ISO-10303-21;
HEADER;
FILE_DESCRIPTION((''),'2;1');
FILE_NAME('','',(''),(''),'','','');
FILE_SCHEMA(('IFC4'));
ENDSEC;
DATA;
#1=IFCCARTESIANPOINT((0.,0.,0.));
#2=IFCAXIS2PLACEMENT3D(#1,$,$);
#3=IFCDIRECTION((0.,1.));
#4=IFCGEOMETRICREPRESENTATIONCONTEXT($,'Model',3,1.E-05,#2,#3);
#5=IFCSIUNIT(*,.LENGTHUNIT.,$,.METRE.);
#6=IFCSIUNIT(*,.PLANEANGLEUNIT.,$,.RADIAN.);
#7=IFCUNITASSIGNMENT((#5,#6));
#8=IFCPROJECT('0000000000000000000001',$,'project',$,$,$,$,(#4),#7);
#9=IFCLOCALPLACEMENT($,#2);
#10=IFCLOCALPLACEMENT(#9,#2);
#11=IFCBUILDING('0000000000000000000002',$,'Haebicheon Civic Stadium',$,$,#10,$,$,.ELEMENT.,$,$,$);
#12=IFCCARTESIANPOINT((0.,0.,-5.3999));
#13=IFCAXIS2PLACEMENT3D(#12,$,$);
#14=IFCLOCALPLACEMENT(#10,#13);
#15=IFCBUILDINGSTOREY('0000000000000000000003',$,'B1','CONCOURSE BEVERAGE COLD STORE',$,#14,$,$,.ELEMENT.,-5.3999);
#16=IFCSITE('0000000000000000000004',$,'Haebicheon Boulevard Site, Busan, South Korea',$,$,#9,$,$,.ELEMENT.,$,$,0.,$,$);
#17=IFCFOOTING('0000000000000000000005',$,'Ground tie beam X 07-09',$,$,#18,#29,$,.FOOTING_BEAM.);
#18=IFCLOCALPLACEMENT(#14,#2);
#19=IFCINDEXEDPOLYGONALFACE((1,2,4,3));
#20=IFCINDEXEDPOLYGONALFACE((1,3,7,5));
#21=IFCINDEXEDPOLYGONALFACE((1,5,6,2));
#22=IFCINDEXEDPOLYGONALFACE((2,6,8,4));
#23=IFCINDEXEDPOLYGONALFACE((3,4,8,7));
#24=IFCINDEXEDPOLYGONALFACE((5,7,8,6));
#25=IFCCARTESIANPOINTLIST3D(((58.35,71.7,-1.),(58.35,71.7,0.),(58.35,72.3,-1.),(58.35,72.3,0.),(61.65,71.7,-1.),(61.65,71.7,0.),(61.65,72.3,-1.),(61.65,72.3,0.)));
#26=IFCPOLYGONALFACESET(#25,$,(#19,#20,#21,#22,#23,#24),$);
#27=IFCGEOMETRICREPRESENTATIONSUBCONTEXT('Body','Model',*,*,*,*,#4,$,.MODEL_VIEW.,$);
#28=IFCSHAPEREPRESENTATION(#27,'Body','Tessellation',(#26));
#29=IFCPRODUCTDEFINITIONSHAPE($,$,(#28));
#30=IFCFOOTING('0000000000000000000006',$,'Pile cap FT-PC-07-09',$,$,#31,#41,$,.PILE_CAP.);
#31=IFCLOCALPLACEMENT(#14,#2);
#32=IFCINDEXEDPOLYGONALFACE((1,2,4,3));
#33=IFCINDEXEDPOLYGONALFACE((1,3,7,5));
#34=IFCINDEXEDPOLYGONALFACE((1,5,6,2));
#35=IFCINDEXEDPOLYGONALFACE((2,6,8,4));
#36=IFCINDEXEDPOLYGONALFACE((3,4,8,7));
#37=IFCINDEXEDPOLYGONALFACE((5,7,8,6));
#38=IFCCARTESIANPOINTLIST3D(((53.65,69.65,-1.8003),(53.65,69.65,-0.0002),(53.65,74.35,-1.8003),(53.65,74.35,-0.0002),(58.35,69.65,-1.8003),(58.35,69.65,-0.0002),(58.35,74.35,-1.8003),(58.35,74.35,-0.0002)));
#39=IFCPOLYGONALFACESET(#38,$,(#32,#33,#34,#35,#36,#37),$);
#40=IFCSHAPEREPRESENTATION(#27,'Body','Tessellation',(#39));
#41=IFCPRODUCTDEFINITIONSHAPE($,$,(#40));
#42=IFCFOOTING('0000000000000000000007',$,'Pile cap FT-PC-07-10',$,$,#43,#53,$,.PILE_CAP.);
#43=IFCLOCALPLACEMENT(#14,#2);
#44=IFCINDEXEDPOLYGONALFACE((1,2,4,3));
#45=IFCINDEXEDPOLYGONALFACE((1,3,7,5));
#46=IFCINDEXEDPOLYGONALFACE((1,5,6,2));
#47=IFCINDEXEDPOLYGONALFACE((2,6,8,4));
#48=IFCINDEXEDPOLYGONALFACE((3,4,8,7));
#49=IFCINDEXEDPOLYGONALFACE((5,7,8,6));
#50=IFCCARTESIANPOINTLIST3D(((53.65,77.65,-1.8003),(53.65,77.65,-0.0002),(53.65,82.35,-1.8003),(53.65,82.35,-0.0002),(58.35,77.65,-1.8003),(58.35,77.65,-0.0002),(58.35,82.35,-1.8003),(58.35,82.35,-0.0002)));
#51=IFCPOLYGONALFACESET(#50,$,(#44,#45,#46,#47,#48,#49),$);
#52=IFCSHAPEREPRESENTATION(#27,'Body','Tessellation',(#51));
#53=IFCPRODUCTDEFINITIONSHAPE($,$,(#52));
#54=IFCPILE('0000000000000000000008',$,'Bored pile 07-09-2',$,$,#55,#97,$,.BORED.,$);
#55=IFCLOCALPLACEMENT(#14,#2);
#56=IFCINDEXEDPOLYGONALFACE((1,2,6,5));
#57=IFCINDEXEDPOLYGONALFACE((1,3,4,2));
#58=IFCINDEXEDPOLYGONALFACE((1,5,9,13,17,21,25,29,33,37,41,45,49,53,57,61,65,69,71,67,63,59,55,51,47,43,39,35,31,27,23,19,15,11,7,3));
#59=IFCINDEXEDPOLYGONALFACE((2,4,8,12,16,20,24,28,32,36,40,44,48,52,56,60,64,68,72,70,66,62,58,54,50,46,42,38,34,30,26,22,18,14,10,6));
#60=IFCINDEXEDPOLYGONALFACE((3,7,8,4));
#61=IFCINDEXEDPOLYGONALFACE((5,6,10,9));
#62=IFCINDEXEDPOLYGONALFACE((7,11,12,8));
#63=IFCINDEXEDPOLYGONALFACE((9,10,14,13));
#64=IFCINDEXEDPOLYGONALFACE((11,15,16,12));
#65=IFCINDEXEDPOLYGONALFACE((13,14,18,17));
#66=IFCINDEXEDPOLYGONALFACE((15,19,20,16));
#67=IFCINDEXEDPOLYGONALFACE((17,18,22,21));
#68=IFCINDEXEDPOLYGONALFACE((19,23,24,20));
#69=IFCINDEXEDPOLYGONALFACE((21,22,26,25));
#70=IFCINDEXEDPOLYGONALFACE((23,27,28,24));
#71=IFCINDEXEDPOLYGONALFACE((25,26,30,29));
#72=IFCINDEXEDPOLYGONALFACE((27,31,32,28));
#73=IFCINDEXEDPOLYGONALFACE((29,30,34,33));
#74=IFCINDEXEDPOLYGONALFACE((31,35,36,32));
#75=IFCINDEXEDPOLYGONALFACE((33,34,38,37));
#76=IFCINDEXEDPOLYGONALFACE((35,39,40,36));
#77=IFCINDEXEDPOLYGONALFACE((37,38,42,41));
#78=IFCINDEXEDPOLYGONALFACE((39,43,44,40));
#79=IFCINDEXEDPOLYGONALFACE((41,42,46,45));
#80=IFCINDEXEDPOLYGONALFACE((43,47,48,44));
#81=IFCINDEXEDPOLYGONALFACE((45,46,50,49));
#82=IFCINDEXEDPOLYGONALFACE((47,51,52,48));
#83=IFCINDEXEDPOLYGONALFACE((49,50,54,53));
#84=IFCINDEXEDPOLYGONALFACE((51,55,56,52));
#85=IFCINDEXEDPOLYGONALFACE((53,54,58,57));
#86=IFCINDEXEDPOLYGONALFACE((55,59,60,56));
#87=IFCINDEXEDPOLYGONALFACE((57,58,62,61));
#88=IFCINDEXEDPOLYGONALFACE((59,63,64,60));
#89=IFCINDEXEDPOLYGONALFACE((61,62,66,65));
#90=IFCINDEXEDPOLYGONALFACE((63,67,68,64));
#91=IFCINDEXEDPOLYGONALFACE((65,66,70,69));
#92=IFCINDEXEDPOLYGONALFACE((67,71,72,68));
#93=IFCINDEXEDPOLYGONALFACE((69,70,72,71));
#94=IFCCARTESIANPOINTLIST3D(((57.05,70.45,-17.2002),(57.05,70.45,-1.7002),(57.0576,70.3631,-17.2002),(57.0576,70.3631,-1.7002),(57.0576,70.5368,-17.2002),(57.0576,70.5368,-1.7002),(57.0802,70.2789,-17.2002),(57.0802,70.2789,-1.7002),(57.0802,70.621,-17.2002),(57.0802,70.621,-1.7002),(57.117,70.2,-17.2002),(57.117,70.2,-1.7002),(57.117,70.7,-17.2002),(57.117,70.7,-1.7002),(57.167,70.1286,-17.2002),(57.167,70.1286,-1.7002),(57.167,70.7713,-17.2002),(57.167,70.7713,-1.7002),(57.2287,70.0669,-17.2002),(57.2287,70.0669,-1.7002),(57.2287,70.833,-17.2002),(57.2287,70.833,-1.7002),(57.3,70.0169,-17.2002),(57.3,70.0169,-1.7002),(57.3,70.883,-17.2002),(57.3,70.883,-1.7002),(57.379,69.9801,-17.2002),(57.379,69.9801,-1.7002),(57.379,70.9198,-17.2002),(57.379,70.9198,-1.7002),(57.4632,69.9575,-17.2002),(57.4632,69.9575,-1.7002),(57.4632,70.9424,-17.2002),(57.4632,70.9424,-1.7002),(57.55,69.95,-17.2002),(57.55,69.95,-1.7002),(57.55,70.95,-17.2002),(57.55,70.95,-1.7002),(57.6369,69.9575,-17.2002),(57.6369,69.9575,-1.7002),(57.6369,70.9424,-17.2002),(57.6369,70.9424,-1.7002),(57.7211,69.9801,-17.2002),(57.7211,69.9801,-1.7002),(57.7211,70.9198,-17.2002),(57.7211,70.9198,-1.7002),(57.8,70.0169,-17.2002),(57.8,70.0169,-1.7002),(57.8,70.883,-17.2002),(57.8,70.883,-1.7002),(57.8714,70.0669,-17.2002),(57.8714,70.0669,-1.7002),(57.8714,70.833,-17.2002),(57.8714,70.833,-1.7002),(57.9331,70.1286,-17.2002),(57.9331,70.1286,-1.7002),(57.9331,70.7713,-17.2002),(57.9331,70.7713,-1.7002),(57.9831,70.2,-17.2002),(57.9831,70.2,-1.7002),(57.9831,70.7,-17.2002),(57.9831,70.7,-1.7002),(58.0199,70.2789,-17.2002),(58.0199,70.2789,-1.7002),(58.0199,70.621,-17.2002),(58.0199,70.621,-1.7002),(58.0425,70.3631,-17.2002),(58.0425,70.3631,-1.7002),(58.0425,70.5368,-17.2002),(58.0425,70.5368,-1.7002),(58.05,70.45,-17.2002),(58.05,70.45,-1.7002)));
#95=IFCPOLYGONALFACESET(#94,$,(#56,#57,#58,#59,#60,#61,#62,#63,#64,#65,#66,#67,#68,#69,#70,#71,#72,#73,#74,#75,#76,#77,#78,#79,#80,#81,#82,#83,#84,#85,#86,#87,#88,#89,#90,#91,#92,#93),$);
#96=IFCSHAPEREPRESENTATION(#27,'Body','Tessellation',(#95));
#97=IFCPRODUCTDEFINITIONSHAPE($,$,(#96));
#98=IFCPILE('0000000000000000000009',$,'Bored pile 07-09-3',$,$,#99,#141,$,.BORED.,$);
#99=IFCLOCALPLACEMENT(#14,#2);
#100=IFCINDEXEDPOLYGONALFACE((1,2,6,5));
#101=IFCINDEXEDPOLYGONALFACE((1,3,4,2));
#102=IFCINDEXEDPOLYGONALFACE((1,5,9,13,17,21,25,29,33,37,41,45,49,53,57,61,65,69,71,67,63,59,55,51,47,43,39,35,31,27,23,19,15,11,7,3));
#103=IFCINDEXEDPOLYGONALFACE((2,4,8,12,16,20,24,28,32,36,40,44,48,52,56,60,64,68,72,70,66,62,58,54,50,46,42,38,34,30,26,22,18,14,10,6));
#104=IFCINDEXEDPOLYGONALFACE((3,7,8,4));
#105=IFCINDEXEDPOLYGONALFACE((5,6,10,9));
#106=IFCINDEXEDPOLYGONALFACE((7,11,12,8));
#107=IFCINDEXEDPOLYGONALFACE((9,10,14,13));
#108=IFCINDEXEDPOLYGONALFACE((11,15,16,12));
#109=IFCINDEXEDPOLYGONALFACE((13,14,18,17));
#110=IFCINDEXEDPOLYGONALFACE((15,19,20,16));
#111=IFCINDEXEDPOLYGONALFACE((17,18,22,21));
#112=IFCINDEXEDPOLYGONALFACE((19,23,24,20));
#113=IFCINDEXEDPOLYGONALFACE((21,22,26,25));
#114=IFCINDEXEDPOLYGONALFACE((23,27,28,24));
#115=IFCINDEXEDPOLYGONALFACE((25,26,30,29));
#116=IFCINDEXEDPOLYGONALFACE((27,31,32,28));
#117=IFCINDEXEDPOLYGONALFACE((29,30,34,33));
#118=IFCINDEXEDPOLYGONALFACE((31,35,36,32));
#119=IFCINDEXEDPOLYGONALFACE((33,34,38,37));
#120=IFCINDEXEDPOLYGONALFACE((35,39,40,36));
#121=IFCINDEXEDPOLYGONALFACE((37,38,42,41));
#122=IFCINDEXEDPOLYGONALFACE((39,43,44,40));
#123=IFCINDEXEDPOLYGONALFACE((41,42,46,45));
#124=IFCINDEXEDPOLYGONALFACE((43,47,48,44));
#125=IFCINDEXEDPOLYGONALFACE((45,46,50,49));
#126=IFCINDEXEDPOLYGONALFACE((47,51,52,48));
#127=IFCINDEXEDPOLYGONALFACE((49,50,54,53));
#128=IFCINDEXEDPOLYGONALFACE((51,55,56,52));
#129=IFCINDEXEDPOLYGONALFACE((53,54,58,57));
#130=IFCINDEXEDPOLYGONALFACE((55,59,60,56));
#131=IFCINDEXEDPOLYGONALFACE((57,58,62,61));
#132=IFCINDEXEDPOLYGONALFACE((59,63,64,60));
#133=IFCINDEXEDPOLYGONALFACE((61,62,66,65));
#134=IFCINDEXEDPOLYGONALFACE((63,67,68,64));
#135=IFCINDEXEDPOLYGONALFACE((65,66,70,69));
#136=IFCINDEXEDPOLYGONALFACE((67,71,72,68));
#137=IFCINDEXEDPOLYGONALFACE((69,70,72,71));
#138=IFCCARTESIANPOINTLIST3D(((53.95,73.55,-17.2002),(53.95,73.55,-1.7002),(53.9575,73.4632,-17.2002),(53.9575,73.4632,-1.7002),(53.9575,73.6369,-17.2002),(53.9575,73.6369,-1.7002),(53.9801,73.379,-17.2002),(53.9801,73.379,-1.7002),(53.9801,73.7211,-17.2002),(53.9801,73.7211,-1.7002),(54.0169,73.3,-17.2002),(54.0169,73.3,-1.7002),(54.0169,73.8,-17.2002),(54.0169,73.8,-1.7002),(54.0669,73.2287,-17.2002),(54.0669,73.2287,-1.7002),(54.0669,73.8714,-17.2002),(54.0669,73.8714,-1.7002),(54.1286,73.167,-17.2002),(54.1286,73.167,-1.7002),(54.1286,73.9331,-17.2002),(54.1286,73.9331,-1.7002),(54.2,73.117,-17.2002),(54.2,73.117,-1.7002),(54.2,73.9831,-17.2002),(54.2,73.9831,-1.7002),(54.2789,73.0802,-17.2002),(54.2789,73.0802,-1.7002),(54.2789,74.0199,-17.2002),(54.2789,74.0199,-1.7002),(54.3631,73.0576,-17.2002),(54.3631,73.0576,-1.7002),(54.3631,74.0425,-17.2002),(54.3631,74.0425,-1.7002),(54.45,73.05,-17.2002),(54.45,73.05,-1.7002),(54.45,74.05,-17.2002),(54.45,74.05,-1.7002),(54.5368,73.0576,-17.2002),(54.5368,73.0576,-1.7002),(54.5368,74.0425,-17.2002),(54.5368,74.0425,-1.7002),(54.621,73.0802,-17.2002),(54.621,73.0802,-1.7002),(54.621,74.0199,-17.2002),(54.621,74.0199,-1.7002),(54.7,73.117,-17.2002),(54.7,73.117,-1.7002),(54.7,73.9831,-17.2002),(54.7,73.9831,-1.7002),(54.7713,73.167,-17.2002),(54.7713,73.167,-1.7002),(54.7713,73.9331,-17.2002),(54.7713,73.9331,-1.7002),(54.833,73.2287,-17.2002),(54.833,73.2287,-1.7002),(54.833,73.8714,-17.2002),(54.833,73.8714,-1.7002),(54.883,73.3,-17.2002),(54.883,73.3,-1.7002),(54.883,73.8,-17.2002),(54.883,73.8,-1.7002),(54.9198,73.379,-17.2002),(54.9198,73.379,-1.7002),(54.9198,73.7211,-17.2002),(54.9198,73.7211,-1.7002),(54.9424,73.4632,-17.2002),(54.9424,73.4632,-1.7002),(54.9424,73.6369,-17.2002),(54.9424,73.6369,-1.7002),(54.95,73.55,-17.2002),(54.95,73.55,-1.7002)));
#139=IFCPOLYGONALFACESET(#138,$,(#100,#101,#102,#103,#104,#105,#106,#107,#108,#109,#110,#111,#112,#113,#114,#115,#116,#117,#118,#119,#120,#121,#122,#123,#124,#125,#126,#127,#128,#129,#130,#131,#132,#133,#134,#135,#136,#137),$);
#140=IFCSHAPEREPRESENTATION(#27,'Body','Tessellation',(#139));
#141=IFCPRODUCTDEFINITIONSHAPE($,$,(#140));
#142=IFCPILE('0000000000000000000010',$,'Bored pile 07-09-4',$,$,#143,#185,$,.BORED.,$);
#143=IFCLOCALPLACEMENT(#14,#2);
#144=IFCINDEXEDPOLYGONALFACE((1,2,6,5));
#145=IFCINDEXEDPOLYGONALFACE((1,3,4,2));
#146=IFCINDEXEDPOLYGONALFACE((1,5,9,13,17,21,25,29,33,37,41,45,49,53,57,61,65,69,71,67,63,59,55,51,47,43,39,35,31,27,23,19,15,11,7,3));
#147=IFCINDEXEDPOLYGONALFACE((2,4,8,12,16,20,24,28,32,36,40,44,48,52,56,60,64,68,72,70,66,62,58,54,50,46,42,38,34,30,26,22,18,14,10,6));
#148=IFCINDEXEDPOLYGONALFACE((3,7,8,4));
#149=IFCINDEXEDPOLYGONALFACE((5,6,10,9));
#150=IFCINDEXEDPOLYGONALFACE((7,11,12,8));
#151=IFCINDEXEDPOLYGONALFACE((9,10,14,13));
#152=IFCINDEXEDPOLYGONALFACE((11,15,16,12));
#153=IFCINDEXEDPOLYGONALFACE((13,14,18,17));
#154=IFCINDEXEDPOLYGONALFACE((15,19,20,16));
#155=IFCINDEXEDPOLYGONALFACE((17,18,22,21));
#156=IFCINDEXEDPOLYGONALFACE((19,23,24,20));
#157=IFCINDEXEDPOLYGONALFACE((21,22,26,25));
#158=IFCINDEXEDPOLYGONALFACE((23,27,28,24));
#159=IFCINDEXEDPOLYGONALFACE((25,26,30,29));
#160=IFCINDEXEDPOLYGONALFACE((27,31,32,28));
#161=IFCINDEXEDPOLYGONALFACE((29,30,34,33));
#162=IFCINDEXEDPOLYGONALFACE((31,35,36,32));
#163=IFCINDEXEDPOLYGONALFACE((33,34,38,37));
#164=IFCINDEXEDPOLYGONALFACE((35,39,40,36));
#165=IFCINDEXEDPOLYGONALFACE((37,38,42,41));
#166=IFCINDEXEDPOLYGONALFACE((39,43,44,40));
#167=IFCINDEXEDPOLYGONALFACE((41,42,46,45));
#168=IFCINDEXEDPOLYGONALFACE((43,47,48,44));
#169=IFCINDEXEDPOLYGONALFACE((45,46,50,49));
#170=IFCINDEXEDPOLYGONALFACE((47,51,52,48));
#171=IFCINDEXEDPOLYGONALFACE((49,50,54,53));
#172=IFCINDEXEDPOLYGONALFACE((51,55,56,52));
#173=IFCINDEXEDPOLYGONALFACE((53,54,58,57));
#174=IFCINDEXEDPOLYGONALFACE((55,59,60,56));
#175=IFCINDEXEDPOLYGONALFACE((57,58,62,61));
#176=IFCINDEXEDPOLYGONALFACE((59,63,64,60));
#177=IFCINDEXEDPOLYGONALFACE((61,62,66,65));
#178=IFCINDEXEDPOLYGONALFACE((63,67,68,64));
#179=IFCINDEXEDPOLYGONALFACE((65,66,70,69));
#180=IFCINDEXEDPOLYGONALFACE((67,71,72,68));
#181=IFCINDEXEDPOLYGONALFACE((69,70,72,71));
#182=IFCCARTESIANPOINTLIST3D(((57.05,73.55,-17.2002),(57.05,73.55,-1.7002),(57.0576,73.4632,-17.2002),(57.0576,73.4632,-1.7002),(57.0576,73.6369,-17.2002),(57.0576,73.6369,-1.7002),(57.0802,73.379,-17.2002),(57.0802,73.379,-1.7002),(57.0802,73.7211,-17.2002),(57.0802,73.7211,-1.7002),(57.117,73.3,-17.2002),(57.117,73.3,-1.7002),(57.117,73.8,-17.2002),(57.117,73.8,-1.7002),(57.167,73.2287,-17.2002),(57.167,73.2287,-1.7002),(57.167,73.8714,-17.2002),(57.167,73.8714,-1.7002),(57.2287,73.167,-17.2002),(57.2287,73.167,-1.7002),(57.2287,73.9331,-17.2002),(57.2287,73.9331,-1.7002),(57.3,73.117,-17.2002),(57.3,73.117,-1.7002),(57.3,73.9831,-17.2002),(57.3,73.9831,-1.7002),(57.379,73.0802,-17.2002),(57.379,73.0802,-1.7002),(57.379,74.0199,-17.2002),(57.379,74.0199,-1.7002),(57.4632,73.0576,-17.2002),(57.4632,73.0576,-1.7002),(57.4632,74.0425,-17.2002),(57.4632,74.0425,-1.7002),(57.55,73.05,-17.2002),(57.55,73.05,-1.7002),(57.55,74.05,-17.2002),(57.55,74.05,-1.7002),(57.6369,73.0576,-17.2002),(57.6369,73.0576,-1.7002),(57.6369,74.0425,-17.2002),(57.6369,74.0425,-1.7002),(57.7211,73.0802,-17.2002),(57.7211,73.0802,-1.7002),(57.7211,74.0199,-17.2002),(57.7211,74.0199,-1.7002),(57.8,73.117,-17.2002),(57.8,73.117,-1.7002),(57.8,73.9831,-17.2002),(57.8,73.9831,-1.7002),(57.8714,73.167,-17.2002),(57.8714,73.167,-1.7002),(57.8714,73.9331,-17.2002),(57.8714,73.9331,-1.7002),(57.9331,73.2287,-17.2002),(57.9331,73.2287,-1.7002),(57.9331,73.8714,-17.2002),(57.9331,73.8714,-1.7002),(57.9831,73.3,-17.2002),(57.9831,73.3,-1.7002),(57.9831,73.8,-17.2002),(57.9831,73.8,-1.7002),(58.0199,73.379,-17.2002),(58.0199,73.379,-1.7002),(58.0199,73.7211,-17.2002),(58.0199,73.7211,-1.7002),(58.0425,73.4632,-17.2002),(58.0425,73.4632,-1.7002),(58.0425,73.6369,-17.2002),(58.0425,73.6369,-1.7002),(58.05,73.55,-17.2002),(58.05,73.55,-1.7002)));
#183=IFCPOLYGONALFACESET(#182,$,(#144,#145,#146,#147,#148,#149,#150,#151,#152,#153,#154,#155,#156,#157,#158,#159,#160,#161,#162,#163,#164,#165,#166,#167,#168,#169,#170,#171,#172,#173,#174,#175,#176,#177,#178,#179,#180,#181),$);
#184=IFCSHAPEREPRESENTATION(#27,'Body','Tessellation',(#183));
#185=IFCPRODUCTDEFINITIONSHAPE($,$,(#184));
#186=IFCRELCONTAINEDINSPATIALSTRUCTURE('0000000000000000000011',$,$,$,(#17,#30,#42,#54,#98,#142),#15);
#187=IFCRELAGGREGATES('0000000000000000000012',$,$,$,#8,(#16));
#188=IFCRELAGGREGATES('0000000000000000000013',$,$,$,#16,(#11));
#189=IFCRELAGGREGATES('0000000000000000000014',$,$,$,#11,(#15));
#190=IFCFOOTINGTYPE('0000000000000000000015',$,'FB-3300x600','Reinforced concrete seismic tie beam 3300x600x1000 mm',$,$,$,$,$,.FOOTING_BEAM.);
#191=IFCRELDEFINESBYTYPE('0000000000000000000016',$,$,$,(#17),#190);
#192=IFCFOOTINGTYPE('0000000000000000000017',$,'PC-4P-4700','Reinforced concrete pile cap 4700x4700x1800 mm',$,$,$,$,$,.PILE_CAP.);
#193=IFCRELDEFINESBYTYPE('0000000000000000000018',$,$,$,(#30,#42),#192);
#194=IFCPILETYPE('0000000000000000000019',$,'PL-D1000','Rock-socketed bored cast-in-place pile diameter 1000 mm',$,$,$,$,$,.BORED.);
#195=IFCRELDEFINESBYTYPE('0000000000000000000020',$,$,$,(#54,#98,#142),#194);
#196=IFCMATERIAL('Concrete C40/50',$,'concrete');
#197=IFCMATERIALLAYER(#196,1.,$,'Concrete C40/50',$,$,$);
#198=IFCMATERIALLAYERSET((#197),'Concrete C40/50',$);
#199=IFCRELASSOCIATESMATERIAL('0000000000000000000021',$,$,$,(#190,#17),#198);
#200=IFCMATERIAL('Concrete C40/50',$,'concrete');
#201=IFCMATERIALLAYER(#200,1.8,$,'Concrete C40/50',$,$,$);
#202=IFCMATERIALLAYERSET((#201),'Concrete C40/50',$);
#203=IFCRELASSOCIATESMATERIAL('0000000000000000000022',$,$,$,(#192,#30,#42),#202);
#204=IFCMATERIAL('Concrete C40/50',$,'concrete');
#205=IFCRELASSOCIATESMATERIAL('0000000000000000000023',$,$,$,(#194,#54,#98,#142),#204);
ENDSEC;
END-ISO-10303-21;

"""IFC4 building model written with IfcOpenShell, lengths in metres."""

from ifc_helpers import new_model, si_unit, direction, frame, origin, origin_2d, place, context, subcontext, project, spatial, rectangle, circle, extrude, material, layer, layer_set, material_profile, profile_set, type_object, element, save


model = new_model("IFC4")

# Units and contexts
model_context = context("Model", 3, precision=1e-05, world=origin(), true_north=direction((0.0, 1.0)))
body_context = subcontext(model_context, "Body", "Model", "MODEL_VIEW")
ifc_project = project(units=[si_unit("LENGTHUNIT", "METRE"), si_unit("PLANEANGLEUNIT", "RADIAN")], contexts=[model_context])

# Site, building, storey
site_placement = place(None, origin())
site = spatial("IfcSite", under=ifc_project, at=site_placement, Name="Haebicheon Boulevard Site, Busan, South Korea", CompositionType="ELEMENT", RefElevation=0.0)
building_placement = place(site_placement, origin())
building = spatial("IfcBuilding", under=site, at=building_placement, Name="Haebicheon Civic Stadium", CompositionType="ELEMENT")
storey_placement = place(building_placement, frame((0.0, 0.0, -5.3999)))
storey = spatial("IfcBuildingStorey", under=building, at=storey_placement, Name="B1", Description="CONCOURSE BEVERAGE COLD STORE", CompositionType="ELEMENT", Elevation=-5.3999)

# Footings
ifc_material_1 = material(Name="Concrete C40/50", Category="concrete")
ifc_layer_1 = layer(ifc_material_1, 1.0, Name="Concrete C40/50")
ifc_layer_set_1 = layer_set([ifc_layer_1], Name="Concrete C40/50")
footing_type_1 = type_object("IfcFootingType", Name="FB-3300x600", Description="Reinforced concrete seismic tie beam 3300x600x1000 mm", PredefinedType="FOOTING_BEAM", material=ifc_layer_set_1)
footing_placement = place(storey_placement, frame((60.0, 72.0, -1.0), z_axis=(0.0, 0.0, 1.0), x_axis=(1.0, 0.0, 0.0)))
element("IfcFooting", 1, at=footing_placement, inside=storey, type_object=footing_type_1, material=ifc_layer_set_1, Name="Ground tie beam X 07-09", PredefinedType="FOOTING_BEAM", context=body_context, shape_type="SweptSolid", body=[
    extrude(rectangle(XDim=3.3, YDim=0.6001, at=origin_2d()), origin(), (0.0, 0.0, 1.0), 1.0),
])
ifc_material_2 = material(Name="Concrete C40/50", Category="concrete")
ifc_layer_2 = layer(ifc_material_2, 1.8, Name="Concrete C40/50")
ifc_layer_set_2 = layer_set([ifc_layer_2], Name="Concrete C40/50")
footing_type_2 = type_object("IfcFootingType", Name="PC-4P-4700", Description="Reinforced concrete pile cap 4700x4700x1800 mm", PredefinedType="PILE_CAP", material=ifc_layer_set_2)
for number, where, z_axis, x_axis, name in (
    (2, (56.0, 72.0, -1.8003), (0.0, 0.0, 1.0), (1.0, 0.0, 0.0), "Pile cap FT-PC-07-09"),
    (3, (56.0, 80.0, -1.8003), (0.0, 0.0, 1.0), (1.0, 0.0, 0.0), "Pile cap FT-PC-07-10"),
):
    element("IfcFooting", number, at=place(storey_placement, frame(where, z_axis=z_axis, x_axis=x_axis)), inside=storey, type_object=footing_type_2, material=ifc_layer_set_2, Name=name, PredefinedType="PILE_CAP", context=body_context, shape_type="SweptSolid", body=[
        extrude(rectangle(XDim=4.7, YDim=4.7, at=origin_2d()), origin(), (0.0, 0.0, 1.0), 1.8),
    ])

# Piles
ifc_material_3 = material(Name="Concrete C40/50", Category="concrete")
ifc_material_profile_1 = material_profile(ifc_material_3, circle(Radius=0.5, at=origin_2d()), Name="PILE-D1000")
ifc_profile_set_1 = profile_set([ifc_material_profile_1], Name="Concrete C40/50")
pile_type = type_object("IfcPileType", Name="PL-D1000", Description="Rock-socketed bored cast-in-place pile diameter 1000 mm", PredefinedType="BORED", material=ifc_profile_set_1)
for number, where, z_axis, x_axis, name in (
    (4, (57.55, 70.45, -1.7002), (0.0, 0.0, -1.0), (1.0, 0.0, 0.0), "Bored pile 07-09-2"),
    (5, (54.45, 73.55, -1.7002), (0.0, 0.0, -1.0), (1.0, 0.0, 0.0), "Bored pile 07-09-3"),
    (6, (57.55, 73.55, -1.7002), (0.0, 0.0, -1.0), (1.0, 0.0, 0.0), "Bored pile 07-09-4"),
):
    element("IfcPile", number, at=place(storey_placement, frame(where, z_axis=z_axis, x_axis=x_axis)), inside=storey, type_object=pile_type, material=ifc_profile_set_1, Name=name, PredefinedType="BORED", context=body_context, shape_type="SweptSolid", body=[
        extrude(circle(Radius=0.5, at=origin_2d()), origin(), (0.0, 0.0, 1.0), 15.5),
    ])

save(model, "model.ifc")
